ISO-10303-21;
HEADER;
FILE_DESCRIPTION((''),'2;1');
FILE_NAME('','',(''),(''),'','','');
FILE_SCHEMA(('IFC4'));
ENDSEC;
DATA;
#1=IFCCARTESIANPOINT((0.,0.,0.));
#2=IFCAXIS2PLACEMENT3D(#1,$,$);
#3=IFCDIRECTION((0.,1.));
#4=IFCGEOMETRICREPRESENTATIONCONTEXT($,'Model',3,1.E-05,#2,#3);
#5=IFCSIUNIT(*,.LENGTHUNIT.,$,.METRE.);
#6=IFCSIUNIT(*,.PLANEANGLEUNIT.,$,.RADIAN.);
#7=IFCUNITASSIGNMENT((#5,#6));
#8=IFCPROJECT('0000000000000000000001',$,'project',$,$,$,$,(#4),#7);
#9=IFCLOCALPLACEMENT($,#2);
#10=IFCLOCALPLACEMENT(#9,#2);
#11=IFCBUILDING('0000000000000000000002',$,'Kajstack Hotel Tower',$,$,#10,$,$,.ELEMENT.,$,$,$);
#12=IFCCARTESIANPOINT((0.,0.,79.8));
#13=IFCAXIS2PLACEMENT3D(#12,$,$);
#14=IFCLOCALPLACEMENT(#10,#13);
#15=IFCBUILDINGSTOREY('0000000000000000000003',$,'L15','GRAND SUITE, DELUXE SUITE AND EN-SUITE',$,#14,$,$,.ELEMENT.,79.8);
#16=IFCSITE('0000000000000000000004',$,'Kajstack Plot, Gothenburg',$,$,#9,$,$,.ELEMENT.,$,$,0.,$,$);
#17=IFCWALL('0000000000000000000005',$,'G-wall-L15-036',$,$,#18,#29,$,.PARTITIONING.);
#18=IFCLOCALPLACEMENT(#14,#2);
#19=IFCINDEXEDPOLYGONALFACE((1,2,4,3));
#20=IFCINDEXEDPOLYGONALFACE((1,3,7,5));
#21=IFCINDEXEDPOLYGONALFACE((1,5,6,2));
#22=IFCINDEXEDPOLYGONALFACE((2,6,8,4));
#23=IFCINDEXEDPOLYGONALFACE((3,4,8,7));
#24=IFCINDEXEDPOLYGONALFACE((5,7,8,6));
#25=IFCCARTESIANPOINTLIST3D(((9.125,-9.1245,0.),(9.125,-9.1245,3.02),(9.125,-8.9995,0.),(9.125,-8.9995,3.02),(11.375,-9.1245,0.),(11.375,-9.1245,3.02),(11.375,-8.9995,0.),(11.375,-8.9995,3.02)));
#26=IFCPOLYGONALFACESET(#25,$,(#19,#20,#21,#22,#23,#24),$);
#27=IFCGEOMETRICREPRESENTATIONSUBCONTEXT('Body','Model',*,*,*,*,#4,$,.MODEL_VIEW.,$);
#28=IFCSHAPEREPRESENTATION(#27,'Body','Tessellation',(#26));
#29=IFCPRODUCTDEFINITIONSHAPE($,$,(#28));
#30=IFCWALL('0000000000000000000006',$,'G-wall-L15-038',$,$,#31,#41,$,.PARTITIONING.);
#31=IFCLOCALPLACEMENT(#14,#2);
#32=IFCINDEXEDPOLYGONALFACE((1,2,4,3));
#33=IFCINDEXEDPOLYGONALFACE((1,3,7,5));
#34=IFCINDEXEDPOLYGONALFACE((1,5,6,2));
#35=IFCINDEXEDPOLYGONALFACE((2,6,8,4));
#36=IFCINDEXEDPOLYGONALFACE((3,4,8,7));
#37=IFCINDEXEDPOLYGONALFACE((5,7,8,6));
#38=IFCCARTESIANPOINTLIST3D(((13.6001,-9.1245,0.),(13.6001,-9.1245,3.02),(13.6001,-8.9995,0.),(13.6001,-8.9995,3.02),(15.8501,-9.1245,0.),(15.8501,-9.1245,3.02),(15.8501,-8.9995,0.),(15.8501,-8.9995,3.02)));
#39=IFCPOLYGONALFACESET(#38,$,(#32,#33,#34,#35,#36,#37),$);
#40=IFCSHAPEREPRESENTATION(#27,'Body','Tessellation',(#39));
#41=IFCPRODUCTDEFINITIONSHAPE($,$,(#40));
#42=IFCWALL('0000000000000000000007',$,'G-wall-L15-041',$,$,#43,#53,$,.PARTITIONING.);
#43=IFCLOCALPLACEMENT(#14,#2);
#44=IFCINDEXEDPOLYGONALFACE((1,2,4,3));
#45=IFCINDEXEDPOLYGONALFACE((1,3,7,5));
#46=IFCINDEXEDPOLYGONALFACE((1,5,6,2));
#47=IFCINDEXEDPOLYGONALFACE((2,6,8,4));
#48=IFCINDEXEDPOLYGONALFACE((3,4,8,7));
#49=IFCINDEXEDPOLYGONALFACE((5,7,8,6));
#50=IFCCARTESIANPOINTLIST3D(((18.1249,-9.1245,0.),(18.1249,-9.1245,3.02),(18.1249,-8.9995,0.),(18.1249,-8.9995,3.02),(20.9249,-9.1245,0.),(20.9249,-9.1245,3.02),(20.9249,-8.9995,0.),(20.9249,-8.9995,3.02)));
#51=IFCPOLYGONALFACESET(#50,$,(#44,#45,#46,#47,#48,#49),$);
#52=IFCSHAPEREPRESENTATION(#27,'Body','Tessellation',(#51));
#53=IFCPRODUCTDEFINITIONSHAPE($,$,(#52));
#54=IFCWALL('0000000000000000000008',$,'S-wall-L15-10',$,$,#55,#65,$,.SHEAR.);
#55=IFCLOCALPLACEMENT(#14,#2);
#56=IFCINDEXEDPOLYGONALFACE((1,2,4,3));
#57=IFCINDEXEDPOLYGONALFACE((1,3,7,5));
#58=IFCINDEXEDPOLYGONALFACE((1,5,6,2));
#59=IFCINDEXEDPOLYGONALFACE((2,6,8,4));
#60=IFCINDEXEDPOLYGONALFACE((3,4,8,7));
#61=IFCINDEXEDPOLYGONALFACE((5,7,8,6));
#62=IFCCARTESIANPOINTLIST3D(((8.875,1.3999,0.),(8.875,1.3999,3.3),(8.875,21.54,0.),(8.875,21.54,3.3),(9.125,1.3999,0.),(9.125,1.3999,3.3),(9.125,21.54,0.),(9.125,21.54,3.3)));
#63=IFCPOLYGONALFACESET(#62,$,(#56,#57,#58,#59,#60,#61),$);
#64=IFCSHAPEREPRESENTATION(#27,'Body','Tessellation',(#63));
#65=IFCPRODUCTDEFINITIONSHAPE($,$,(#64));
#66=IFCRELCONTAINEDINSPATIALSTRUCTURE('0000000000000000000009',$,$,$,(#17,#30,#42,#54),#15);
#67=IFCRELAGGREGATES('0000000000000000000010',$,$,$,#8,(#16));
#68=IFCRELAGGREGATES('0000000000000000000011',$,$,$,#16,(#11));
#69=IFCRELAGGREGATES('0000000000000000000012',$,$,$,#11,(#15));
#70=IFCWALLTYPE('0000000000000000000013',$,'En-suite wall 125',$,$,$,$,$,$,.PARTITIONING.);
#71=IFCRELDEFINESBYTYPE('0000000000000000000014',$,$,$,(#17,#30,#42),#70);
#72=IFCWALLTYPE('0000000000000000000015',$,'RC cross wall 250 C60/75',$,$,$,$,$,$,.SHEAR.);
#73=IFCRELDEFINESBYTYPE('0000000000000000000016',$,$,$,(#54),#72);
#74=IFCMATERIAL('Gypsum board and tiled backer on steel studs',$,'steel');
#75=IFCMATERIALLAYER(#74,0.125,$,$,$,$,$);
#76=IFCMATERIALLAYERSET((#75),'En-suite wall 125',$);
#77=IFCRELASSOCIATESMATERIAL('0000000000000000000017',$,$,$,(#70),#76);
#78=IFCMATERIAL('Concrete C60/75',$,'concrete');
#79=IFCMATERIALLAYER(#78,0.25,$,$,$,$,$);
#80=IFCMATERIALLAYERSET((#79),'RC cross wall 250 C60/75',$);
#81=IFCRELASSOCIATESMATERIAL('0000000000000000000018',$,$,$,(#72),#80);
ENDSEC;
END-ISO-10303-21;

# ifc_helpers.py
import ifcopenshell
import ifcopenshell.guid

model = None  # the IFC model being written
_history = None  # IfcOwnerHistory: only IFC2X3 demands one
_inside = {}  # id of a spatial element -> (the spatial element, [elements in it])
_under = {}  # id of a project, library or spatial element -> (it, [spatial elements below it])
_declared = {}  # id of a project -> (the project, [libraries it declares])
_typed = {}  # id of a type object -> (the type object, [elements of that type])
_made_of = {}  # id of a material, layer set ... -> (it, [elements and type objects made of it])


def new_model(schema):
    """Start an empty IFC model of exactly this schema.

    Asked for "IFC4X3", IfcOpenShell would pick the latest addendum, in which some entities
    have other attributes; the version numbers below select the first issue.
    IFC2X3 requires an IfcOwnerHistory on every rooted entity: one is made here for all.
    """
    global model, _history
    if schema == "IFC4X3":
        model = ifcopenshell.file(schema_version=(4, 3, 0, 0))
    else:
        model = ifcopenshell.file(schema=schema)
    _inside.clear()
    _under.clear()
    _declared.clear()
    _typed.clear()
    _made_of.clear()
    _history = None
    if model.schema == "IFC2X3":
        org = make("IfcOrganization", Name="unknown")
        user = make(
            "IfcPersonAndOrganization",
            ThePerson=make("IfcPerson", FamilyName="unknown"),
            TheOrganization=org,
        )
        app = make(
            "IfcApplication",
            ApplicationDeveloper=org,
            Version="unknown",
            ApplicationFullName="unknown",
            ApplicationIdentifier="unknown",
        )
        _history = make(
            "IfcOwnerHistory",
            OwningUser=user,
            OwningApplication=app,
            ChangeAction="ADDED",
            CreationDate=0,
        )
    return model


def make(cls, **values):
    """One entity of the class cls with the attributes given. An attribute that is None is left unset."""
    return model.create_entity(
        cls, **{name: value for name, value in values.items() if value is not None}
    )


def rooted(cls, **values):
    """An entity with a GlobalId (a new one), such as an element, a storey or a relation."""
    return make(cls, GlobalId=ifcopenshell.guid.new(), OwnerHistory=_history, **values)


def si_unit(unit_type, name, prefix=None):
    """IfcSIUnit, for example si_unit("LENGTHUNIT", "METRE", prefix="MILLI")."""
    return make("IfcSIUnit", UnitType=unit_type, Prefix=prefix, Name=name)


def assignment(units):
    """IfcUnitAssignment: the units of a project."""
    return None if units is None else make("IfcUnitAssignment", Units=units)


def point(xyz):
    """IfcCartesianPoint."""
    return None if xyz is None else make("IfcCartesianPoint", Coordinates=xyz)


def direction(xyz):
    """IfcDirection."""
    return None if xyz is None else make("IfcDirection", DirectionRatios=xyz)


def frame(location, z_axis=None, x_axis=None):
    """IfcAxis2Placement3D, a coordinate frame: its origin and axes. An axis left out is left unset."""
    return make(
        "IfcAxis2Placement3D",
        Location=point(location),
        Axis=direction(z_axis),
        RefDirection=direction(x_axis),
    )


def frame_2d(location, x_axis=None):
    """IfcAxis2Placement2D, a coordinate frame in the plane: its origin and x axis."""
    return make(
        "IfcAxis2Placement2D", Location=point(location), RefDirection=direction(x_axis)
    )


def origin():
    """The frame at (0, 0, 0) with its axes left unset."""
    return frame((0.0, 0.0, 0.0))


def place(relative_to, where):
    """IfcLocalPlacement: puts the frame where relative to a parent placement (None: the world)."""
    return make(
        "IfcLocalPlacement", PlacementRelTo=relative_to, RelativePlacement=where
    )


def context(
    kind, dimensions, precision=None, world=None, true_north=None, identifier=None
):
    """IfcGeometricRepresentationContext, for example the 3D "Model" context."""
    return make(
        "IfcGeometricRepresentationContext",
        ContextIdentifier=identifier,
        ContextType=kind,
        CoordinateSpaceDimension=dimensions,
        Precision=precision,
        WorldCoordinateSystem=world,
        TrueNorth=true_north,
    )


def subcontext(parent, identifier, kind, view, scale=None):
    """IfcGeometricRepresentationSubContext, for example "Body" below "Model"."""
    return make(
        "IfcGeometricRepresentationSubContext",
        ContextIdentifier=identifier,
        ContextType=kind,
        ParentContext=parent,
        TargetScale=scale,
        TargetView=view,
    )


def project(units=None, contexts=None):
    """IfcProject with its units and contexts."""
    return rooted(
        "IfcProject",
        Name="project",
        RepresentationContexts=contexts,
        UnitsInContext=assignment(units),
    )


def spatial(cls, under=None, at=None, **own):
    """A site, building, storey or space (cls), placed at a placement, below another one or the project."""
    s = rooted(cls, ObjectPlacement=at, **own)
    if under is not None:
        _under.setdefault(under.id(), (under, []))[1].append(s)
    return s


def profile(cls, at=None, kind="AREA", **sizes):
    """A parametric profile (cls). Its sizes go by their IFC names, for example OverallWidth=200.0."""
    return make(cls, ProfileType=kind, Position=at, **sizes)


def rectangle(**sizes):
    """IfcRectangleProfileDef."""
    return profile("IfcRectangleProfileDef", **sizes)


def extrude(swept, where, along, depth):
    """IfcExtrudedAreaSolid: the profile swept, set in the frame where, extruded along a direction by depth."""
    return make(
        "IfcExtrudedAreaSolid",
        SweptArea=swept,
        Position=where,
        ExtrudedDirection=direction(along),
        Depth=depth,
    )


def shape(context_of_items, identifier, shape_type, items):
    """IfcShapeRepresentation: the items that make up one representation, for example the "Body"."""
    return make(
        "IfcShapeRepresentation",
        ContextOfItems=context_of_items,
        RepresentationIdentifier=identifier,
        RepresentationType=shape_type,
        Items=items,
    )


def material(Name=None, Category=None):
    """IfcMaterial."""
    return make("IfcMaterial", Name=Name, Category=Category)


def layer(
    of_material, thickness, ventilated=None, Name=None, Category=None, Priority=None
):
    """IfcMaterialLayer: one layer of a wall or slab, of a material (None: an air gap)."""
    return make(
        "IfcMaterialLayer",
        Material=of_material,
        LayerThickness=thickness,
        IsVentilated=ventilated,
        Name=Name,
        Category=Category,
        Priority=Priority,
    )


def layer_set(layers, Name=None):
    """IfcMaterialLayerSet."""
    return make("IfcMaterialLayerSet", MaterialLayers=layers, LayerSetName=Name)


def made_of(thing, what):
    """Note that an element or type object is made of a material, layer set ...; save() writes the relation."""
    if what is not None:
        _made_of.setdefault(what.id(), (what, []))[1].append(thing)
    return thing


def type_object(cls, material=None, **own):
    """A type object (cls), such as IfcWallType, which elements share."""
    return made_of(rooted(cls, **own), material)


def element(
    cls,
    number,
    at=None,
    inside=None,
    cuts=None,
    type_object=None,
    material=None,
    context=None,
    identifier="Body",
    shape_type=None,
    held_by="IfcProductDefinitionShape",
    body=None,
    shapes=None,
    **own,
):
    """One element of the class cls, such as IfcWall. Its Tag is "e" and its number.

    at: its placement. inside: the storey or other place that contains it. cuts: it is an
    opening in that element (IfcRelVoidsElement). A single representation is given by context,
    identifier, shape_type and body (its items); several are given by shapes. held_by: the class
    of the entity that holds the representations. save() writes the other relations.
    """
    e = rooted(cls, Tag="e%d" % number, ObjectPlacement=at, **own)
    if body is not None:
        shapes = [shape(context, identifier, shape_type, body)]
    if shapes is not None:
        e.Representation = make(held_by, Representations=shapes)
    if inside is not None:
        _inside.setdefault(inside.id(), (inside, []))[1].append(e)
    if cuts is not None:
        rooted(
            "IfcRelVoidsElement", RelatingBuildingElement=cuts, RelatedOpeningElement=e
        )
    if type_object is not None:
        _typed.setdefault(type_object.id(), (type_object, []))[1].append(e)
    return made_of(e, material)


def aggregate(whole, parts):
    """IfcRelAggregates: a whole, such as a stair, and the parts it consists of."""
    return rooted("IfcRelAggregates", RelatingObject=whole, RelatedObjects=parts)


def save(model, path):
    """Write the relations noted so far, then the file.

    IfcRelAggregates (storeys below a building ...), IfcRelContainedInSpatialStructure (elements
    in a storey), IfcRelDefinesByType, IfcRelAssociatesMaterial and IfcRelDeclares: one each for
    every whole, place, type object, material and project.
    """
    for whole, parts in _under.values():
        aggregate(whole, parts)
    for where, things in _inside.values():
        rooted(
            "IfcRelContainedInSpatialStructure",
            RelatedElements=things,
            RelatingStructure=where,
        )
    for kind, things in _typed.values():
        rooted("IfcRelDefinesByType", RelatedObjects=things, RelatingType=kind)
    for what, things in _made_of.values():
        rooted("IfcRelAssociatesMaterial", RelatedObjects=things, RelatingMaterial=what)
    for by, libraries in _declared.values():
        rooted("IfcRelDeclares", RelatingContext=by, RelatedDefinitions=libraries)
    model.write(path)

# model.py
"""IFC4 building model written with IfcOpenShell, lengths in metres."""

from ifc_helpers import new_model, si_unit, direction, frame, frame_2d, origin, place, context, subcontext, project, spatial, rectangle, extrude, material, layer, layer_set, type_object, element, save


model = new_model("IFC4")

# Units and contexts
model_context = context("Model", 3, precision=1e-05, world=origin(), true_north=direction((0.0, 1.0)))
body_context = subcontext(model_context, "Body", "Model", "MODEL_VIEW")
ifc_project = project(units=[si_unit("LENGTHUNIT", "METRE"), si_unit("PLANEANGLEUNIT", "RADIAN")], contexts=[model_context])

# Site, building, storey
site_placement = place(None, origin())
site = spatial("IfcSite", under=ifc_project, at=site_placement, Name="Kajstack Plot, Gothenburg", CompositionType="ELEMENT", RefElevation=0.0)
building_placement = place(site_placement, origin())
building = spatial("IfcBuilding", under=site, at=building_placement, Name="Kajstack Hotel Tower", CompositionType="ELEMENT")
storey_placement = place(building_placement, frame((0.0, 0.0, 79.8)))
storey = spatial("IfcBuildingStorey", under=building, at=storey_placement, Name="L15", Description="GRAND SUITE, DELUXE SUITE AND EN-SUITE", CompositionType="ELEMENT", Elevation=79.8)

# Shared definitions
ifc_material_1 = material(Name="Concrete C60/75", Category="concrete")
ifc_material_2 = material(Name="Gypsum board and tiled backer on steel studs", Category="steel")
ifc_layer_1 = layer(ifc_material_2, 0.125)
ifc_layer_set_1 = layer_set([ifc_layer_1], Name="En-suite wall 125")
wall_type_1 = type_object("IfcWallType", Name="En-suite wall 125", PredefinedType="PARTITIONING", material=ifc_layer_set_1)

# Walls
for number, where, z_axis, x_axis, name in (
    (1, (9.125, -9.062, 0.0), (0.0, 0.0, 1.0), (1.0, 0.0, 0.0), "G-wall-L15-036"),
    (2, (13.6001, -9.062, 0.0), (0.0, 0.0, 1.0), (1.0, 0.0, 0.0), "G-wall-L15-038"),
):
    element("IfcWall", number, at=place(storey_placement, frame(where, z_axis=z_axis, x_axis=x_axis)), inside=storey, type_object=wall_type_1, Name=name, PredefinedType="PARTITIONING", context=body_context, shape_type="SweptSolid", body=[
        extrude(rectangle(XDim=2.25, YDim=0.125, at=frame_2d((1.125, 0.0))), origin(), (0.0, 0.0, 1.0), 3.02),
    ])
wall_1_placement = place(storey_placement, frame((18.125, -9.062, 0.0), z_axis=(0.0, 0.0, 1.0), x_axis=(1.0, 0.0, 0.0)))
element("IfcWall", 3, at=wall_1_placement, inside=storey, type_object=wall_type_1, Name="G-wall-L15-041", PredefinedType="PARTITIONING", context=body_context, shape_type="SweptSolid", body=[
    extrude(rectangle(XDim=2.8, YDim=0.125, at=frame_2d((1.3999, 0.0))), origin(), (0.0, 0.0, 1.0), 3.02),
])
ifc_layer_2 = layer(ifc_material_1, 0.25)
ifc_layer_set_2 = layer_set([ifc_layer_2], Name="RC cross wall 250 C60/75")
wall_type_2 = type_object("IfcWallType", Name="RC cross wall 250 C60/75", PredefinedType="SHEAR", material=ifc_layer_set_2)
wall_2_placement = place(storey_placement, frame((9.0, 1.3999, 0.0), z_axis=(0.0, 0.0, 1.0), x_axis=(0.0, 1.0, 0.0)))
element("IfcWall", 4, at=wall_2_placement, inside=storey, type_object=wall_type_2, Name="S-wall-L15-10", PredefinedType="SHEAR", context=body_context, shape_type="SweptSolid", body=[
    extrude(rectangle(XDim=20.1401, YDim=0.25, at=frame_2d((10.0701, 0.0))), origin(), (0.0, 0.0, 1.0), 3.3),
])

save(model, "model.ifc")
